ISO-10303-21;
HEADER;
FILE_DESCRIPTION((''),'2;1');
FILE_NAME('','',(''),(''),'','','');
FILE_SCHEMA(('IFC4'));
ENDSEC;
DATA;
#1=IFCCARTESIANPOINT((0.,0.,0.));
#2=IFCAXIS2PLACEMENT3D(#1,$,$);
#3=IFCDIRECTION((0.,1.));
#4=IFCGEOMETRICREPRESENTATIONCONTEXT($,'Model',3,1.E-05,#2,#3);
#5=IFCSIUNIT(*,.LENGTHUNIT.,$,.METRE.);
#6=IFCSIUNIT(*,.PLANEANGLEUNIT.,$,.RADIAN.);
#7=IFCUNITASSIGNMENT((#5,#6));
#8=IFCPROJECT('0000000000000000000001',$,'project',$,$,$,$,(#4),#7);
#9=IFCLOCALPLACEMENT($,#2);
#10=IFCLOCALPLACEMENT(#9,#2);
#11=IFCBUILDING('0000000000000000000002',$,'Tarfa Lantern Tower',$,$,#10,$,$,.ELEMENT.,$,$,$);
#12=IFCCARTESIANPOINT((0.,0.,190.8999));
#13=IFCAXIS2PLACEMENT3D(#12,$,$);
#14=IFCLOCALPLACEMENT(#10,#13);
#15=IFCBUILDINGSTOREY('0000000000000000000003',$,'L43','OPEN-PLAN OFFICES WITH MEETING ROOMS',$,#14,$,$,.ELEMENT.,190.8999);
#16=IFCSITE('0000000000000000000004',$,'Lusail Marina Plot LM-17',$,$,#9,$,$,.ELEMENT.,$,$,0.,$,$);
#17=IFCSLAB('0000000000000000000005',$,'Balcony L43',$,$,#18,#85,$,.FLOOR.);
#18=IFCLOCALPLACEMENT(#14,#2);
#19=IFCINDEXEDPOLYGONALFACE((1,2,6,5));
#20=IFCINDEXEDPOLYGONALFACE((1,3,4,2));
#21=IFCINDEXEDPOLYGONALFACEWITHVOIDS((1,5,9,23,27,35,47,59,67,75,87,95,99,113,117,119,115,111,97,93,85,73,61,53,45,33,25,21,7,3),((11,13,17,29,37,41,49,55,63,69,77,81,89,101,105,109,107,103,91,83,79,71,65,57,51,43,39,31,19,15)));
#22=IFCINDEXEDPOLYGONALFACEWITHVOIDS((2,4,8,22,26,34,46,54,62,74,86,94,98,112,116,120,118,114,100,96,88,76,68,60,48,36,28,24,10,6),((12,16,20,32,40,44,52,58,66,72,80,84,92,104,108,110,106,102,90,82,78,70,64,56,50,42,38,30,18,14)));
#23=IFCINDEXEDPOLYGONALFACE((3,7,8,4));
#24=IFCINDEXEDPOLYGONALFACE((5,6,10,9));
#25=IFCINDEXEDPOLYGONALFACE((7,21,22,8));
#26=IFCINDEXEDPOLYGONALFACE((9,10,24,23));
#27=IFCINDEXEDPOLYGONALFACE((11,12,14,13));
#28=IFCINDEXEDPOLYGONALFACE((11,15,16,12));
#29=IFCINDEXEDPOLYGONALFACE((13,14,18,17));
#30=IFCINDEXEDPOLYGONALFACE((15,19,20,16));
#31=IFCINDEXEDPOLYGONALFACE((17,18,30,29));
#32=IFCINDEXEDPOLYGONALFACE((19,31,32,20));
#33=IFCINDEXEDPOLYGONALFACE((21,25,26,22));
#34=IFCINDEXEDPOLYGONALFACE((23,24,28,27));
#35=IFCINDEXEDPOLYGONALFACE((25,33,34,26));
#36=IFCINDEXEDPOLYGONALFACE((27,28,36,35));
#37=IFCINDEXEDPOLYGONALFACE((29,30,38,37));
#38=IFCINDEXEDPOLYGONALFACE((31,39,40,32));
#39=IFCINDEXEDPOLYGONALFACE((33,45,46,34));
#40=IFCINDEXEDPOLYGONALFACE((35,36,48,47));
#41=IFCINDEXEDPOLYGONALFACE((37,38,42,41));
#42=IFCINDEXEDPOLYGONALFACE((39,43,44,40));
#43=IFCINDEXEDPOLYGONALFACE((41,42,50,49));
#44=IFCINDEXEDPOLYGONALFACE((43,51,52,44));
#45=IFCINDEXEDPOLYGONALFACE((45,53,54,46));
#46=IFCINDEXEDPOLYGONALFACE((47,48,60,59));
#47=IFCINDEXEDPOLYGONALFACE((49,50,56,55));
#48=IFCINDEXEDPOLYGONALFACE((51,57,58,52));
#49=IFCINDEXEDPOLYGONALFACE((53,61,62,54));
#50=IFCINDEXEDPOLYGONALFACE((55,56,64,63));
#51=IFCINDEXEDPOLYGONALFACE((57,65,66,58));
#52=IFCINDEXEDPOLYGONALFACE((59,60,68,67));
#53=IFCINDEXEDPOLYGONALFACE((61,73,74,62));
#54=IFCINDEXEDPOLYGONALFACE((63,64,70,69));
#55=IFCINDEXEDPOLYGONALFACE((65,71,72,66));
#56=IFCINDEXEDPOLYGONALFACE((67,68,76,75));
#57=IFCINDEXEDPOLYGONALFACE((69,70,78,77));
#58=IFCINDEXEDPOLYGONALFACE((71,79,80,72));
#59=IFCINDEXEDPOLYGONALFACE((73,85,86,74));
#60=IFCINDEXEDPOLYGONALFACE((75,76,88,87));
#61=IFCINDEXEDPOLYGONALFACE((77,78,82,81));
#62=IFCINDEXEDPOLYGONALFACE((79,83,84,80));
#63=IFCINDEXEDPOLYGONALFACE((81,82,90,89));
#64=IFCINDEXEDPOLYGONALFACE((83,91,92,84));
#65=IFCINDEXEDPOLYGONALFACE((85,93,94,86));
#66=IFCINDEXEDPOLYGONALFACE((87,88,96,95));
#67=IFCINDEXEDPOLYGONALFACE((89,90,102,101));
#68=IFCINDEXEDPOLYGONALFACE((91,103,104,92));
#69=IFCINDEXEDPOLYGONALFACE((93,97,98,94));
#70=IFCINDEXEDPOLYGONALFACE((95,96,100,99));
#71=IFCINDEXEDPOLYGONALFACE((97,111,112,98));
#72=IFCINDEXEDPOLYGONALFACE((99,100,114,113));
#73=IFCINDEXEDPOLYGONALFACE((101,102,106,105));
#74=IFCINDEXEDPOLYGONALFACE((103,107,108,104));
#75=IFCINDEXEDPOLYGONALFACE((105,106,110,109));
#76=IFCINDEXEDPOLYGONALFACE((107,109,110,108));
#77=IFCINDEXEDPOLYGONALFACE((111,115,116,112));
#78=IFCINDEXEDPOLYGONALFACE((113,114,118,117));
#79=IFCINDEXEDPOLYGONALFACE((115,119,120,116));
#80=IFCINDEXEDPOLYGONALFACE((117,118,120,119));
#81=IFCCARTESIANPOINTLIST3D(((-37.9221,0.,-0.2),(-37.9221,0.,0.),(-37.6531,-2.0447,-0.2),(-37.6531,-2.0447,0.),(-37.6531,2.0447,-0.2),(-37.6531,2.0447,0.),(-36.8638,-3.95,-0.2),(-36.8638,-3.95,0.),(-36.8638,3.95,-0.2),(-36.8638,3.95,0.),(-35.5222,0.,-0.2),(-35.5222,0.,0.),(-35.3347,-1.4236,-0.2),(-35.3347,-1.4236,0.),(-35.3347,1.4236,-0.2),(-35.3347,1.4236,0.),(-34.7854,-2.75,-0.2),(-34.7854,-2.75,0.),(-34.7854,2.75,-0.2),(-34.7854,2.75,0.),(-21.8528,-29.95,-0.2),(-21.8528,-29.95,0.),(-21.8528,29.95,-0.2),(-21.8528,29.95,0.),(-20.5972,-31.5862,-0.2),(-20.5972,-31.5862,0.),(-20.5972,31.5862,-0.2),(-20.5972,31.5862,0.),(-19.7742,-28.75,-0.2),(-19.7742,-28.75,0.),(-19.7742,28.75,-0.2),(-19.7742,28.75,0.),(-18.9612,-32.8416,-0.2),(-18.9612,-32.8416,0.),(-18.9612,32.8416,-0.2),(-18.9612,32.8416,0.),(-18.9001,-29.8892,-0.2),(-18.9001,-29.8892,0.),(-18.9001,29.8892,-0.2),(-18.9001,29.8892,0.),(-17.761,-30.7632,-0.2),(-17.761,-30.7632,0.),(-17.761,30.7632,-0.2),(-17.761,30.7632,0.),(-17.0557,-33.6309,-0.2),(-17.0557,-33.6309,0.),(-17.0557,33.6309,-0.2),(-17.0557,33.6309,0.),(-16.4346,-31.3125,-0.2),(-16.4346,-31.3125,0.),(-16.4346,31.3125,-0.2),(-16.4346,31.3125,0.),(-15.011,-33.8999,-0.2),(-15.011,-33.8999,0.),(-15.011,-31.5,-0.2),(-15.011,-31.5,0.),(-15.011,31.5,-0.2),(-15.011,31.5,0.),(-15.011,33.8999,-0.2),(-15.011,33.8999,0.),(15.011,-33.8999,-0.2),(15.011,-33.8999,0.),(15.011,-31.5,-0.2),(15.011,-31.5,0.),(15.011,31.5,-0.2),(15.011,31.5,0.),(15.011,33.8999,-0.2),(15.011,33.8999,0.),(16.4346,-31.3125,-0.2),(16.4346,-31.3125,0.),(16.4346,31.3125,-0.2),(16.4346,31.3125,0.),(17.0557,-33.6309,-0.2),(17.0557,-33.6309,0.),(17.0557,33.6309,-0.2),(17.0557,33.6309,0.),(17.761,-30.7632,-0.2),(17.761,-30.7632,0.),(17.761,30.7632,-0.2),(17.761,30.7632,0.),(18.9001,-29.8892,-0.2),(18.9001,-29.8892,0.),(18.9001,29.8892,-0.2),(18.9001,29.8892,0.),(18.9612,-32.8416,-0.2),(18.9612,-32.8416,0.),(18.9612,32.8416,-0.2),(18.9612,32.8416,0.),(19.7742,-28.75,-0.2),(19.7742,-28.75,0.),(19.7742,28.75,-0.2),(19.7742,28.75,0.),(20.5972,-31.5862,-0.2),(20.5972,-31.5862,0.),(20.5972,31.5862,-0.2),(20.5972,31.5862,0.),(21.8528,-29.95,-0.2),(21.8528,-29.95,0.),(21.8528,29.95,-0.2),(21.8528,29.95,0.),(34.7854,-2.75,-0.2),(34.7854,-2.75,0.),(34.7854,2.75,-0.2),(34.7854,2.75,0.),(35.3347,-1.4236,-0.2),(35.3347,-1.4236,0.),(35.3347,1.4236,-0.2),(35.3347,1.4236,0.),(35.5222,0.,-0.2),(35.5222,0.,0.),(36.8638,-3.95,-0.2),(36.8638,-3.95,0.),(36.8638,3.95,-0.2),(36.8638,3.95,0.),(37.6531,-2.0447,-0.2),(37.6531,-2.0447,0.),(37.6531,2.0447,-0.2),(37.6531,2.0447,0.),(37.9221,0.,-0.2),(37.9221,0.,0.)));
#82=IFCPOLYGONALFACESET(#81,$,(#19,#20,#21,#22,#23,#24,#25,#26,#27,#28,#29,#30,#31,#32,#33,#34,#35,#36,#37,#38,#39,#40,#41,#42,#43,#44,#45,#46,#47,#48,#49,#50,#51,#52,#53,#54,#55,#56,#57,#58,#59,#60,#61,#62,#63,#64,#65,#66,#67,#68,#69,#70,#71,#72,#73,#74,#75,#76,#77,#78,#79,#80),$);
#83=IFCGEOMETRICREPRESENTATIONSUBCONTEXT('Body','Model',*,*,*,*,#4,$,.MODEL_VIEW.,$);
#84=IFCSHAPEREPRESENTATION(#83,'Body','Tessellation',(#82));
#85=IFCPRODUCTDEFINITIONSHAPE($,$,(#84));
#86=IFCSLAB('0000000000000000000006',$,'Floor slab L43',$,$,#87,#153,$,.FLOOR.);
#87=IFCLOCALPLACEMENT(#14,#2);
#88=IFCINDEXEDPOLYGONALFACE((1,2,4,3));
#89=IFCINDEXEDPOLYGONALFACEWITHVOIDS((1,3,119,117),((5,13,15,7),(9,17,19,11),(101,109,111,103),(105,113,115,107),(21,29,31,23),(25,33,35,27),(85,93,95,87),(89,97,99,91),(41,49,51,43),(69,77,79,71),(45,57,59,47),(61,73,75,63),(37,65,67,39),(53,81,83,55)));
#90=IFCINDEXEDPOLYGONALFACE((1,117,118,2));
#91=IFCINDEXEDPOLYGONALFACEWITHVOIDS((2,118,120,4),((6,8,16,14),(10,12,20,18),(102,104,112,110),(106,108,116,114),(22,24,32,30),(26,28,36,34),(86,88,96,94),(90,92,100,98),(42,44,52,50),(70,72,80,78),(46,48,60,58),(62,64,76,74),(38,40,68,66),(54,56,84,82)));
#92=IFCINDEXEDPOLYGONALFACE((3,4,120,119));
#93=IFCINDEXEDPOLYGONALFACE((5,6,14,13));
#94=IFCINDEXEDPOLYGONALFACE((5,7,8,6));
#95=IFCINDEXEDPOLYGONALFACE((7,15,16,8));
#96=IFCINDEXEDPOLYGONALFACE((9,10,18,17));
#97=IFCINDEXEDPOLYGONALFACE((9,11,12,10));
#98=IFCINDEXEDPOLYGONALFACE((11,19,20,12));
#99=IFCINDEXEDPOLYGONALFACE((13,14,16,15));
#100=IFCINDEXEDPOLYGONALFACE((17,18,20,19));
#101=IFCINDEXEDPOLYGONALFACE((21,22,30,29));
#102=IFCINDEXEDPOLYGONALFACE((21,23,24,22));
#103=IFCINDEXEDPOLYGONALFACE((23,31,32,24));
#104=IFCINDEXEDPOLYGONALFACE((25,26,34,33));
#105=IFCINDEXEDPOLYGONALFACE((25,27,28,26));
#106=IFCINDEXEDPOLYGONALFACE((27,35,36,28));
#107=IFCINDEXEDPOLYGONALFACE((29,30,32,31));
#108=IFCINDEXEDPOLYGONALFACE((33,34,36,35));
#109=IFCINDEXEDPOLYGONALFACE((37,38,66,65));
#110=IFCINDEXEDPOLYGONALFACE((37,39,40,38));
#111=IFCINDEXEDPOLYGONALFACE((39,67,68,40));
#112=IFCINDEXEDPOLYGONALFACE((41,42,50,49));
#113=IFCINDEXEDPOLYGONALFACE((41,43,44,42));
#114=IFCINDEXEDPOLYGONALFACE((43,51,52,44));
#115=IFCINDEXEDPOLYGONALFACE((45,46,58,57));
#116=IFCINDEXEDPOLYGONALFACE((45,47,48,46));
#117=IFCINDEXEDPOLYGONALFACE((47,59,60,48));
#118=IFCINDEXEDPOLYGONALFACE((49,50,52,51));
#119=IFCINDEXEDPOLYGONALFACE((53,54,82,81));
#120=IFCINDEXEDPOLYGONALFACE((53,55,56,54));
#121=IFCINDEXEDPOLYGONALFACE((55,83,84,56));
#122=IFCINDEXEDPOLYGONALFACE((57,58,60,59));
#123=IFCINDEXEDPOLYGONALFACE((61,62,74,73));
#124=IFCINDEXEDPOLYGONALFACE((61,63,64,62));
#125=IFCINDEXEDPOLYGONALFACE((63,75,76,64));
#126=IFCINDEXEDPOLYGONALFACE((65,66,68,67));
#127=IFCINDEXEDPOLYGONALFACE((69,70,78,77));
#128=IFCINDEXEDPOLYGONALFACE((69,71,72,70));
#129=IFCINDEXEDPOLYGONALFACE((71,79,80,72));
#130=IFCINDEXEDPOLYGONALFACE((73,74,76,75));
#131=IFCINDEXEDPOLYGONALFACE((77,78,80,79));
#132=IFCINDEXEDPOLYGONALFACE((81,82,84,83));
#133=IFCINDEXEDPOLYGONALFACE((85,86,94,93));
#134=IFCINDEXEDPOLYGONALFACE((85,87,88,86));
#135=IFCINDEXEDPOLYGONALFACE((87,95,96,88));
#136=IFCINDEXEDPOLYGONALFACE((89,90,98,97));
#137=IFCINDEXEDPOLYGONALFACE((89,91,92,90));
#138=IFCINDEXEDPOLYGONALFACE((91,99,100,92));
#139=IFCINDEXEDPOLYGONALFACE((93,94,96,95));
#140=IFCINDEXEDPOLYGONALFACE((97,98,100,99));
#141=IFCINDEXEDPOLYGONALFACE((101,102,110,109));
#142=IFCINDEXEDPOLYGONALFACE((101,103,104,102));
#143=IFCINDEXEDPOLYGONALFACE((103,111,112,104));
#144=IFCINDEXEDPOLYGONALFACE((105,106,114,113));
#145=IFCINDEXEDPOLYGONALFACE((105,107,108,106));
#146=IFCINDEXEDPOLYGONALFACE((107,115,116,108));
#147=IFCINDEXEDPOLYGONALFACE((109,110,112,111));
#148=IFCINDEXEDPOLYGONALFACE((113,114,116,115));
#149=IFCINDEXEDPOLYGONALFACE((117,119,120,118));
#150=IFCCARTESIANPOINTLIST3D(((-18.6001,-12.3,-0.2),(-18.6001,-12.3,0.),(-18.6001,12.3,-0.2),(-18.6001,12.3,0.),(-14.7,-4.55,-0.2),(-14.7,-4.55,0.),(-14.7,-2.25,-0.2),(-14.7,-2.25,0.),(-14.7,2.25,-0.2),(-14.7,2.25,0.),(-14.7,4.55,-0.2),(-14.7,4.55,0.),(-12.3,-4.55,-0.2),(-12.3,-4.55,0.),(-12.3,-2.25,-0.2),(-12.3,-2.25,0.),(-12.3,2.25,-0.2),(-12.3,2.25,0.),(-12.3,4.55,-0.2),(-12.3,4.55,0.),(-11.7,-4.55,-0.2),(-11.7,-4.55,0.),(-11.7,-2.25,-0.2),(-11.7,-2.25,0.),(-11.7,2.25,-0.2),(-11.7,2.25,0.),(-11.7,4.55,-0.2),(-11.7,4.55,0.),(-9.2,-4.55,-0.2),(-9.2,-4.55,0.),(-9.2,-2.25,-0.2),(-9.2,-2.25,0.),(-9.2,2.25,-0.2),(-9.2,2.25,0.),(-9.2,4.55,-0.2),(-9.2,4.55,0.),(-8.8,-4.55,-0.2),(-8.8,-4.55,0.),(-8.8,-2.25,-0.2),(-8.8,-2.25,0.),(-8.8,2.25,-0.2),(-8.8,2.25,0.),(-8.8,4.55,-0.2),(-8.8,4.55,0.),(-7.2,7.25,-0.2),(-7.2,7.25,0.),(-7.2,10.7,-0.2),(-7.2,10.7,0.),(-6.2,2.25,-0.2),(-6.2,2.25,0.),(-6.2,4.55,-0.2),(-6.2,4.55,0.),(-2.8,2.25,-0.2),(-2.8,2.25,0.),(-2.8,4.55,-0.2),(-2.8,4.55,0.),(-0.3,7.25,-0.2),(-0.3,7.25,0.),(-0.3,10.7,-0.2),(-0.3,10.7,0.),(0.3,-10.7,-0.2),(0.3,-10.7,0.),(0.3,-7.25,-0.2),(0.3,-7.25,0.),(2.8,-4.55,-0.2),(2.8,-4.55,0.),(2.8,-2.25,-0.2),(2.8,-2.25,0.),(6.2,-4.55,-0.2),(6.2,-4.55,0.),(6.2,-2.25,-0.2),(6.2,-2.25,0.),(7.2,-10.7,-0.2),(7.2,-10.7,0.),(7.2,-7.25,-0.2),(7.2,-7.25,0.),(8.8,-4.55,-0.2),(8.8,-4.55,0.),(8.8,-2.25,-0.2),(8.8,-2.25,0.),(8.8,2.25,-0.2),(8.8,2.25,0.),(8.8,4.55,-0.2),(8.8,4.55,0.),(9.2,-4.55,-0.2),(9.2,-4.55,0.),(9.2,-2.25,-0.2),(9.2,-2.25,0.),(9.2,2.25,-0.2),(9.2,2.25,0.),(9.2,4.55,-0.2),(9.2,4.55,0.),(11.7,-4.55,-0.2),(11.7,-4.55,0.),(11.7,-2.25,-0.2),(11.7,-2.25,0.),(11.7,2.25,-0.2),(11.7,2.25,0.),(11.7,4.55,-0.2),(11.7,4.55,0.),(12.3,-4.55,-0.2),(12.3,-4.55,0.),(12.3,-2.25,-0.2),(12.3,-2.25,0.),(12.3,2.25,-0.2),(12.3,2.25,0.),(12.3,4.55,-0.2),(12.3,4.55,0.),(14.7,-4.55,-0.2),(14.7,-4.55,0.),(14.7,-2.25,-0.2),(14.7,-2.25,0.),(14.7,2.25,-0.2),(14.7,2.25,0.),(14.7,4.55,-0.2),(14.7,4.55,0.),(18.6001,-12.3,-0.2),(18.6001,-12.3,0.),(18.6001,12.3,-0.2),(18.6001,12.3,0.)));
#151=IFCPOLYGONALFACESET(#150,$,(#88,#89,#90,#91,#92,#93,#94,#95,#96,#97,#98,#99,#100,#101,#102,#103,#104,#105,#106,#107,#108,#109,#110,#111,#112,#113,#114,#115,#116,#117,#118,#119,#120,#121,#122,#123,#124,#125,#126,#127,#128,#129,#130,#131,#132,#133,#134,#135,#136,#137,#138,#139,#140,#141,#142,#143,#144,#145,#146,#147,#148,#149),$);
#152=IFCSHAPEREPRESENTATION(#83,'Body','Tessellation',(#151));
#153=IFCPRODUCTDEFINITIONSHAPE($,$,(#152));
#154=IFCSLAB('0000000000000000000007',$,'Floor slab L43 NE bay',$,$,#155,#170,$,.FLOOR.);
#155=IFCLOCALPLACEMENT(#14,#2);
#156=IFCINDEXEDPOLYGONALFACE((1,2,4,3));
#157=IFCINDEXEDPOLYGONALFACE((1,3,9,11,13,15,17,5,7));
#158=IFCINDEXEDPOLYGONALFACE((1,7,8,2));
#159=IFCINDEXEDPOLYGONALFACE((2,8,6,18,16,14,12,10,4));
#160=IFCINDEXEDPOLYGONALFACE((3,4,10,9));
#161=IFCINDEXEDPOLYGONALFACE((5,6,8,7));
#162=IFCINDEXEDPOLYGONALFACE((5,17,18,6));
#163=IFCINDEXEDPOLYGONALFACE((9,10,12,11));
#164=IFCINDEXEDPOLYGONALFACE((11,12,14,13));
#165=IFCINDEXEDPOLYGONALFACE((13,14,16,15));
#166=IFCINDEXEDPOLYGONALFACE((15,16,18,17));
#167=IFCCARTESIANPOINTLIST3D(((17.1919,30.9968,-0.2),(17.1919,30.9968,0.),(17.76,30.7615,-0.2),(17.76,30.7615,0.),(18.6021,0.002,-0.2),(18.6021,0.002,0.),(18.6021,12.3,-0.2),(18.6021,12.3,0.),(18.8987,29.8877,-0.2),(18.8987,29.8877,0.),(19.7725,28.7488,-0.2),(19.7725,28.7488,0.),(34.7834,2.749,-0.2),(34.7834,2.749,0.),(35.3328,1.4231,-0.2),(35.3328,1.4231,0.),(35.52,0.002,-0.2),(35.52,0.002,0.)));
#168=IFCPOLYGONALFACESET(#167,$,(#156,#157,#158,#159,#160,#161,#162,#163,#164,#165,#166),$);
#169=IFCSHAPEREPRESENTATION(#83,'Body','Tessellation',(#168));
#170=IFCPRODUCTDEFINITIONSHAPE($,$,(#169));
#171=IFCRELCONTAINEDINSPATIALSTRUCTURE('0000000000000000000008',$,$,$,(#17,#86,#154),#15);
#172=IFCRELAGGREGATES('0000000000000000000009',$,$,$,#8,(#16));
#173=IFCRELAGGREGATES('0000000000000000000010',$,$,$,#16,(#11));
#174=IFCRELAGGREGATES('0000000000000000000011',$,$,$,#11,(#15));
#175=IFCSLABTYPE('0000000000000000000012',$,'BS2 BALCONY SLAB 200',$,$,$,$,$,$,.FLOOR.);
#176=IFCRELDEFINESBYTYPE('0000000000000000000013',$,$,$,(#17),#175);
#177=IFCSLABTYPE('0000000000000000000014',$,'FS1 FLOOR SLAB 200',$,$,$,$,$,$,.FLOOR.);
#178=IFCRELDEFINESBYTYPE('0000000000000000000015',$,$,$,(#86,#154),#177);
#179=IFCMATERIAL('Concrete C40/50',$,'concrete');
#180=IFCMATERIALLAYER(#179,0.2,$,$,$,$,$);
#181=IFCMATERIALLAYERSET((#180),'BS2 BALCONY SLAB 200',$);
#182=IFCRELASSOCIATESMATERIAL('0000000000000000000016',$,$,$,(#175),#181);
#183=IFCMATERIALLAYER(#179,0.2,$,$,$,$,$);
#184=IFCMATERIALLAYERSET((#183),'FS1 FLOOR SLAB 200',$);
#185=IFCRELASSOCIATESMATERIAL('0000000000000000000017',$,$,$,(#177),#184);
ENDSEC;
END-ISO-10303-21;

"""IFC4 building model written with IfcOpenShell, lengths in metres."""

from ifc_helpers import new_model, si_unit, direction, frame, origin, place, context, subcontext, project, spatial, polyline, outline, extrude, material, layer, layer_set, type_object, element, save


model = new_model("IFC4")

# Units and contexts
model_context = context("Model", 3, precision=1e-05, world=origin(), true_north=direction((0.0, 1.0)))
body_context = subcontext(model_context, "Body", "Model", "MODEL_VIEW")
ifc_project = project(units=[si_unit("LENGTHUNIT", "METRE"), si_unit("PLANEANGLEUNIT", "RADIAN")], contexts=[model_context])

# Site, building, storey
site_placement = place(None, origin())
site = spatial("IfcSite", under=ifc_project, at=site_placement, Name="Lusail Marina Plot LM-17", CompositionType="ELEMENT", RefElevation=0.0)
building_placement = place(site_placement, origin())
building = spatial("IfcBuilding", under=site, at=building_placement, Name="Tarfa Lantern Tower", CompositionType="ELEMENT")
storey_placement = place(building_placement, frame((0.0, 0.0, 190.8999)))
storey = spatial("IfcBuildingStorey", under=building, at=storey_placement, Name="L43", Description="OPEN-PLAN OFFICES WITH MEETING ROOMS", CompositionType="ELEMENT", Elevation=190.8999)

# Slabs
ifc_material_1 = material(Name="Concrete C40/50", Category="concrete")
ifc_layer_1 = layer(ifc_material_1, 0.2)
ifc_layer_set_1 = layer_set([ifc_layer_1], Name="BS2 BALCONY SLAB 200")
slab_type_1 = type_object("IfcSlabType", Name="BS2 BALCONY SLAB 200", PredefinedType="FLOOR", material=ifc_layer_set_1)
slab_1_placement = place(storey_placement, frame((0.0, 0.0, -0.2)))
element("IfcSlab", 1, at=slab_1_placement, inside=storey, type_object=slab_type_1, Name="Balcony L43", PredefinedType="FLOOR", context=body_context, shape_type="SweptSolid", body=[
    extrude(outline(polyline([(36.8638, 3.95), (21.8528, 29.95), (20.5972, 31.5862), (18.9612, 32.8416), (17.0557, 33.6309), (15.011, 33.8999), (-15.011, 33.8999), (-17.0557, 33.6309), (-18.9612, 32.8416), (-20.5972, 31.5862), (-21.8528, 29.95), (-36.8638, 3.95), (-37.6531, 2.0447), (-37.9221, 0.0), (-37.6531, -2.0447), (-36.8638, -3.95), (-21.8528, -29.95), (-20.5972, -31.5862), (-18.9612, -32.8416), (-17.0557, -33.6309), (-15.011, -33.8999), (15.011, -33.8999), (17.0557, -33.6309), (18.9612, -32.8416), (20.5972, -31.5862), (21.8528, -29.95), (36.8638, -3.95), (37.6531, -2.0447), (37.9221, 0.0), (37.6531, 2.0447), (36.8638, 3.95)]), holes=[polyline([(34.7854, 2.75), (19.7742, 28.75), (18.9001, 29.8892), (17.761, 30.7632), (16.4346, 31.3125), (15.011, 31.5), (-15.011, 31.5), (-16.4346, 31.3125), (-17.761, 30.7632), (-18.9001, 29.8892), (-19.7742, 28.75), (-34.7854, 2.75), (-35.3347, 1.4236), (-35.5222, 0.0), (-35.3347, -1.4236), (-34.7854, -2.75), (-19.7742, -28.75), (-18.9001, -29.8892), (-17.761, -30.7632), (-16.4346, -31.3125), (-15.011, -31.5), (15.011, -31.5), (16.4346, -31.3125), (17.761, -30.7632), (18.9001, -29.8892), (19.7742, -28.75), (34.7854, -2.75), (35.3347, -1.4236), (35.5222, 0.0), (35.3347, 1.4236), (34.7854, 2.75)])]), origin(), (0.0, 0.0, 1.0), 0.2),
])
ifc_layer_2 = layer(ifc_material_1, 0.2)
ifc_layer_set_2 = layer_set([ifc_layer_2], Name="FS1 FLOOR SLAB 200")
slab_type_2 = type_object("IfcSlabType", Name="FS1 FLOOR SLAB 200", PredefinedType="FLOOR", material=ifc_layer_set_2)
slab_2_placement = place(storey_placement, frame((0.0, 0.0, -0.2)))
element("IfcSlab", 2, at=slab_2_placement, inside=storey, type_object=slab_type_2, Name="Floor slab L43", PredefinedType="FLOOR", context=body_context, shape_type="SweptSolid", body=[
    extrude(outline(polyline([(-18.6001, -12.3), (18.6001, -12.3), (18.6001, 12.3), (-18.6001, 12.3), (-18.6001, -12.3)]), holes=[polyline([(-14.7, 2.25), (-12.3, 2.25), (-12.3, 4.55), (-14.7, 4.55), (-14.7, 2.25)]), polyline([(-11.7, 2.25), (-9.2, 2.25), (-9.2, 4.55), (-11.7, 4.55), (-11.7, 2.25)]), polyline([(-8.8, 2.25), (-6.2, 2.25), (-6.2, 4.55), (-8.8, 4.55), (-8.8, 2.25)]), polyline([(-2.8, 2.25), (8.8, 2.25), (8.8, 4.55), (-2.8, 4.55), (-2.8, 2.25)]), polyline([(9.2, 2.25), (11.7, 2.25), (11.7, 4.55), (9.2, 4.55), (9.2, 2.25)]), polyline([(12.3, 2.25), (14.7, 2.25), (14.7, 4.55), (12.3, 4.55), (12.3, 2.25)]), polyline([(14.7, -2.25), (12.3, -2.25), (12.3, -4.55), (14.7, -4.55), (14.7, -2.25)]), polyline([(11.7, -2.25), (9.2, -2.25), (9.2, -4.55), (11.7, -4.55), (11.7, -2.25)]), polyline([(8.8, -2.25), (6.2, -2.25), (6.2, -4.55), (8.8, -4.55), (8.8, -2.25)]), polyline([(2.8, -2.25), (-8.8, -2.25), (-8.8, -4.55), (2.8, -4.55), (2.8, -2.25)]), polyline([(-9.2, -2.25), (-11.7, -2.25), (-11.7, -4.55), (-9.2, -4.55), (-9.2, -2.25)]), polyline([(-12.3, -2.25), (-14.7, -2.25), (-14.7, -4.55), (-12.3, -4.55), (-12.3, -2.25)]), polyline([(-7.2, 7.25), (-0.3, 7.25), (-0.3, 10.7), (-7.2, 10.7), (-7.2, 7.25)]), polyline([(7.2, -7.25), (0.3, -7.25), (0.3, -10.7), (7.2, -10.7), (7.2, -7.25)])]), origin(), (0.0, 0.0, 1.0), 0.2),
])
slab_3_placement = place(storey_placement, frame((0.0, 0.0, -0.2)))
element("IfcSlab", 3, at=slab_3_placement, inside=storey, type_object=slab_type_2, Name="Floor slab L43 NE bay", PredefinedType="FLOOR", context=body_context, shape_type="SweptSolid", body=[
    extrude(outline(polyline([(34.7834, 2.749), (19.7725, 28.7488), (18.8987, 29.8877), (17.76, 30.7615), (17.1919, 30.9968), (18.6021, 12.3), (18.6021, 0.002), (35.52, 0.002), (35.3328, 1.4231), (34.7834, 2.749)])), origin(), (0.0, 0.0, 1.0), 0.2),
])

save(model, "model.ifc")
